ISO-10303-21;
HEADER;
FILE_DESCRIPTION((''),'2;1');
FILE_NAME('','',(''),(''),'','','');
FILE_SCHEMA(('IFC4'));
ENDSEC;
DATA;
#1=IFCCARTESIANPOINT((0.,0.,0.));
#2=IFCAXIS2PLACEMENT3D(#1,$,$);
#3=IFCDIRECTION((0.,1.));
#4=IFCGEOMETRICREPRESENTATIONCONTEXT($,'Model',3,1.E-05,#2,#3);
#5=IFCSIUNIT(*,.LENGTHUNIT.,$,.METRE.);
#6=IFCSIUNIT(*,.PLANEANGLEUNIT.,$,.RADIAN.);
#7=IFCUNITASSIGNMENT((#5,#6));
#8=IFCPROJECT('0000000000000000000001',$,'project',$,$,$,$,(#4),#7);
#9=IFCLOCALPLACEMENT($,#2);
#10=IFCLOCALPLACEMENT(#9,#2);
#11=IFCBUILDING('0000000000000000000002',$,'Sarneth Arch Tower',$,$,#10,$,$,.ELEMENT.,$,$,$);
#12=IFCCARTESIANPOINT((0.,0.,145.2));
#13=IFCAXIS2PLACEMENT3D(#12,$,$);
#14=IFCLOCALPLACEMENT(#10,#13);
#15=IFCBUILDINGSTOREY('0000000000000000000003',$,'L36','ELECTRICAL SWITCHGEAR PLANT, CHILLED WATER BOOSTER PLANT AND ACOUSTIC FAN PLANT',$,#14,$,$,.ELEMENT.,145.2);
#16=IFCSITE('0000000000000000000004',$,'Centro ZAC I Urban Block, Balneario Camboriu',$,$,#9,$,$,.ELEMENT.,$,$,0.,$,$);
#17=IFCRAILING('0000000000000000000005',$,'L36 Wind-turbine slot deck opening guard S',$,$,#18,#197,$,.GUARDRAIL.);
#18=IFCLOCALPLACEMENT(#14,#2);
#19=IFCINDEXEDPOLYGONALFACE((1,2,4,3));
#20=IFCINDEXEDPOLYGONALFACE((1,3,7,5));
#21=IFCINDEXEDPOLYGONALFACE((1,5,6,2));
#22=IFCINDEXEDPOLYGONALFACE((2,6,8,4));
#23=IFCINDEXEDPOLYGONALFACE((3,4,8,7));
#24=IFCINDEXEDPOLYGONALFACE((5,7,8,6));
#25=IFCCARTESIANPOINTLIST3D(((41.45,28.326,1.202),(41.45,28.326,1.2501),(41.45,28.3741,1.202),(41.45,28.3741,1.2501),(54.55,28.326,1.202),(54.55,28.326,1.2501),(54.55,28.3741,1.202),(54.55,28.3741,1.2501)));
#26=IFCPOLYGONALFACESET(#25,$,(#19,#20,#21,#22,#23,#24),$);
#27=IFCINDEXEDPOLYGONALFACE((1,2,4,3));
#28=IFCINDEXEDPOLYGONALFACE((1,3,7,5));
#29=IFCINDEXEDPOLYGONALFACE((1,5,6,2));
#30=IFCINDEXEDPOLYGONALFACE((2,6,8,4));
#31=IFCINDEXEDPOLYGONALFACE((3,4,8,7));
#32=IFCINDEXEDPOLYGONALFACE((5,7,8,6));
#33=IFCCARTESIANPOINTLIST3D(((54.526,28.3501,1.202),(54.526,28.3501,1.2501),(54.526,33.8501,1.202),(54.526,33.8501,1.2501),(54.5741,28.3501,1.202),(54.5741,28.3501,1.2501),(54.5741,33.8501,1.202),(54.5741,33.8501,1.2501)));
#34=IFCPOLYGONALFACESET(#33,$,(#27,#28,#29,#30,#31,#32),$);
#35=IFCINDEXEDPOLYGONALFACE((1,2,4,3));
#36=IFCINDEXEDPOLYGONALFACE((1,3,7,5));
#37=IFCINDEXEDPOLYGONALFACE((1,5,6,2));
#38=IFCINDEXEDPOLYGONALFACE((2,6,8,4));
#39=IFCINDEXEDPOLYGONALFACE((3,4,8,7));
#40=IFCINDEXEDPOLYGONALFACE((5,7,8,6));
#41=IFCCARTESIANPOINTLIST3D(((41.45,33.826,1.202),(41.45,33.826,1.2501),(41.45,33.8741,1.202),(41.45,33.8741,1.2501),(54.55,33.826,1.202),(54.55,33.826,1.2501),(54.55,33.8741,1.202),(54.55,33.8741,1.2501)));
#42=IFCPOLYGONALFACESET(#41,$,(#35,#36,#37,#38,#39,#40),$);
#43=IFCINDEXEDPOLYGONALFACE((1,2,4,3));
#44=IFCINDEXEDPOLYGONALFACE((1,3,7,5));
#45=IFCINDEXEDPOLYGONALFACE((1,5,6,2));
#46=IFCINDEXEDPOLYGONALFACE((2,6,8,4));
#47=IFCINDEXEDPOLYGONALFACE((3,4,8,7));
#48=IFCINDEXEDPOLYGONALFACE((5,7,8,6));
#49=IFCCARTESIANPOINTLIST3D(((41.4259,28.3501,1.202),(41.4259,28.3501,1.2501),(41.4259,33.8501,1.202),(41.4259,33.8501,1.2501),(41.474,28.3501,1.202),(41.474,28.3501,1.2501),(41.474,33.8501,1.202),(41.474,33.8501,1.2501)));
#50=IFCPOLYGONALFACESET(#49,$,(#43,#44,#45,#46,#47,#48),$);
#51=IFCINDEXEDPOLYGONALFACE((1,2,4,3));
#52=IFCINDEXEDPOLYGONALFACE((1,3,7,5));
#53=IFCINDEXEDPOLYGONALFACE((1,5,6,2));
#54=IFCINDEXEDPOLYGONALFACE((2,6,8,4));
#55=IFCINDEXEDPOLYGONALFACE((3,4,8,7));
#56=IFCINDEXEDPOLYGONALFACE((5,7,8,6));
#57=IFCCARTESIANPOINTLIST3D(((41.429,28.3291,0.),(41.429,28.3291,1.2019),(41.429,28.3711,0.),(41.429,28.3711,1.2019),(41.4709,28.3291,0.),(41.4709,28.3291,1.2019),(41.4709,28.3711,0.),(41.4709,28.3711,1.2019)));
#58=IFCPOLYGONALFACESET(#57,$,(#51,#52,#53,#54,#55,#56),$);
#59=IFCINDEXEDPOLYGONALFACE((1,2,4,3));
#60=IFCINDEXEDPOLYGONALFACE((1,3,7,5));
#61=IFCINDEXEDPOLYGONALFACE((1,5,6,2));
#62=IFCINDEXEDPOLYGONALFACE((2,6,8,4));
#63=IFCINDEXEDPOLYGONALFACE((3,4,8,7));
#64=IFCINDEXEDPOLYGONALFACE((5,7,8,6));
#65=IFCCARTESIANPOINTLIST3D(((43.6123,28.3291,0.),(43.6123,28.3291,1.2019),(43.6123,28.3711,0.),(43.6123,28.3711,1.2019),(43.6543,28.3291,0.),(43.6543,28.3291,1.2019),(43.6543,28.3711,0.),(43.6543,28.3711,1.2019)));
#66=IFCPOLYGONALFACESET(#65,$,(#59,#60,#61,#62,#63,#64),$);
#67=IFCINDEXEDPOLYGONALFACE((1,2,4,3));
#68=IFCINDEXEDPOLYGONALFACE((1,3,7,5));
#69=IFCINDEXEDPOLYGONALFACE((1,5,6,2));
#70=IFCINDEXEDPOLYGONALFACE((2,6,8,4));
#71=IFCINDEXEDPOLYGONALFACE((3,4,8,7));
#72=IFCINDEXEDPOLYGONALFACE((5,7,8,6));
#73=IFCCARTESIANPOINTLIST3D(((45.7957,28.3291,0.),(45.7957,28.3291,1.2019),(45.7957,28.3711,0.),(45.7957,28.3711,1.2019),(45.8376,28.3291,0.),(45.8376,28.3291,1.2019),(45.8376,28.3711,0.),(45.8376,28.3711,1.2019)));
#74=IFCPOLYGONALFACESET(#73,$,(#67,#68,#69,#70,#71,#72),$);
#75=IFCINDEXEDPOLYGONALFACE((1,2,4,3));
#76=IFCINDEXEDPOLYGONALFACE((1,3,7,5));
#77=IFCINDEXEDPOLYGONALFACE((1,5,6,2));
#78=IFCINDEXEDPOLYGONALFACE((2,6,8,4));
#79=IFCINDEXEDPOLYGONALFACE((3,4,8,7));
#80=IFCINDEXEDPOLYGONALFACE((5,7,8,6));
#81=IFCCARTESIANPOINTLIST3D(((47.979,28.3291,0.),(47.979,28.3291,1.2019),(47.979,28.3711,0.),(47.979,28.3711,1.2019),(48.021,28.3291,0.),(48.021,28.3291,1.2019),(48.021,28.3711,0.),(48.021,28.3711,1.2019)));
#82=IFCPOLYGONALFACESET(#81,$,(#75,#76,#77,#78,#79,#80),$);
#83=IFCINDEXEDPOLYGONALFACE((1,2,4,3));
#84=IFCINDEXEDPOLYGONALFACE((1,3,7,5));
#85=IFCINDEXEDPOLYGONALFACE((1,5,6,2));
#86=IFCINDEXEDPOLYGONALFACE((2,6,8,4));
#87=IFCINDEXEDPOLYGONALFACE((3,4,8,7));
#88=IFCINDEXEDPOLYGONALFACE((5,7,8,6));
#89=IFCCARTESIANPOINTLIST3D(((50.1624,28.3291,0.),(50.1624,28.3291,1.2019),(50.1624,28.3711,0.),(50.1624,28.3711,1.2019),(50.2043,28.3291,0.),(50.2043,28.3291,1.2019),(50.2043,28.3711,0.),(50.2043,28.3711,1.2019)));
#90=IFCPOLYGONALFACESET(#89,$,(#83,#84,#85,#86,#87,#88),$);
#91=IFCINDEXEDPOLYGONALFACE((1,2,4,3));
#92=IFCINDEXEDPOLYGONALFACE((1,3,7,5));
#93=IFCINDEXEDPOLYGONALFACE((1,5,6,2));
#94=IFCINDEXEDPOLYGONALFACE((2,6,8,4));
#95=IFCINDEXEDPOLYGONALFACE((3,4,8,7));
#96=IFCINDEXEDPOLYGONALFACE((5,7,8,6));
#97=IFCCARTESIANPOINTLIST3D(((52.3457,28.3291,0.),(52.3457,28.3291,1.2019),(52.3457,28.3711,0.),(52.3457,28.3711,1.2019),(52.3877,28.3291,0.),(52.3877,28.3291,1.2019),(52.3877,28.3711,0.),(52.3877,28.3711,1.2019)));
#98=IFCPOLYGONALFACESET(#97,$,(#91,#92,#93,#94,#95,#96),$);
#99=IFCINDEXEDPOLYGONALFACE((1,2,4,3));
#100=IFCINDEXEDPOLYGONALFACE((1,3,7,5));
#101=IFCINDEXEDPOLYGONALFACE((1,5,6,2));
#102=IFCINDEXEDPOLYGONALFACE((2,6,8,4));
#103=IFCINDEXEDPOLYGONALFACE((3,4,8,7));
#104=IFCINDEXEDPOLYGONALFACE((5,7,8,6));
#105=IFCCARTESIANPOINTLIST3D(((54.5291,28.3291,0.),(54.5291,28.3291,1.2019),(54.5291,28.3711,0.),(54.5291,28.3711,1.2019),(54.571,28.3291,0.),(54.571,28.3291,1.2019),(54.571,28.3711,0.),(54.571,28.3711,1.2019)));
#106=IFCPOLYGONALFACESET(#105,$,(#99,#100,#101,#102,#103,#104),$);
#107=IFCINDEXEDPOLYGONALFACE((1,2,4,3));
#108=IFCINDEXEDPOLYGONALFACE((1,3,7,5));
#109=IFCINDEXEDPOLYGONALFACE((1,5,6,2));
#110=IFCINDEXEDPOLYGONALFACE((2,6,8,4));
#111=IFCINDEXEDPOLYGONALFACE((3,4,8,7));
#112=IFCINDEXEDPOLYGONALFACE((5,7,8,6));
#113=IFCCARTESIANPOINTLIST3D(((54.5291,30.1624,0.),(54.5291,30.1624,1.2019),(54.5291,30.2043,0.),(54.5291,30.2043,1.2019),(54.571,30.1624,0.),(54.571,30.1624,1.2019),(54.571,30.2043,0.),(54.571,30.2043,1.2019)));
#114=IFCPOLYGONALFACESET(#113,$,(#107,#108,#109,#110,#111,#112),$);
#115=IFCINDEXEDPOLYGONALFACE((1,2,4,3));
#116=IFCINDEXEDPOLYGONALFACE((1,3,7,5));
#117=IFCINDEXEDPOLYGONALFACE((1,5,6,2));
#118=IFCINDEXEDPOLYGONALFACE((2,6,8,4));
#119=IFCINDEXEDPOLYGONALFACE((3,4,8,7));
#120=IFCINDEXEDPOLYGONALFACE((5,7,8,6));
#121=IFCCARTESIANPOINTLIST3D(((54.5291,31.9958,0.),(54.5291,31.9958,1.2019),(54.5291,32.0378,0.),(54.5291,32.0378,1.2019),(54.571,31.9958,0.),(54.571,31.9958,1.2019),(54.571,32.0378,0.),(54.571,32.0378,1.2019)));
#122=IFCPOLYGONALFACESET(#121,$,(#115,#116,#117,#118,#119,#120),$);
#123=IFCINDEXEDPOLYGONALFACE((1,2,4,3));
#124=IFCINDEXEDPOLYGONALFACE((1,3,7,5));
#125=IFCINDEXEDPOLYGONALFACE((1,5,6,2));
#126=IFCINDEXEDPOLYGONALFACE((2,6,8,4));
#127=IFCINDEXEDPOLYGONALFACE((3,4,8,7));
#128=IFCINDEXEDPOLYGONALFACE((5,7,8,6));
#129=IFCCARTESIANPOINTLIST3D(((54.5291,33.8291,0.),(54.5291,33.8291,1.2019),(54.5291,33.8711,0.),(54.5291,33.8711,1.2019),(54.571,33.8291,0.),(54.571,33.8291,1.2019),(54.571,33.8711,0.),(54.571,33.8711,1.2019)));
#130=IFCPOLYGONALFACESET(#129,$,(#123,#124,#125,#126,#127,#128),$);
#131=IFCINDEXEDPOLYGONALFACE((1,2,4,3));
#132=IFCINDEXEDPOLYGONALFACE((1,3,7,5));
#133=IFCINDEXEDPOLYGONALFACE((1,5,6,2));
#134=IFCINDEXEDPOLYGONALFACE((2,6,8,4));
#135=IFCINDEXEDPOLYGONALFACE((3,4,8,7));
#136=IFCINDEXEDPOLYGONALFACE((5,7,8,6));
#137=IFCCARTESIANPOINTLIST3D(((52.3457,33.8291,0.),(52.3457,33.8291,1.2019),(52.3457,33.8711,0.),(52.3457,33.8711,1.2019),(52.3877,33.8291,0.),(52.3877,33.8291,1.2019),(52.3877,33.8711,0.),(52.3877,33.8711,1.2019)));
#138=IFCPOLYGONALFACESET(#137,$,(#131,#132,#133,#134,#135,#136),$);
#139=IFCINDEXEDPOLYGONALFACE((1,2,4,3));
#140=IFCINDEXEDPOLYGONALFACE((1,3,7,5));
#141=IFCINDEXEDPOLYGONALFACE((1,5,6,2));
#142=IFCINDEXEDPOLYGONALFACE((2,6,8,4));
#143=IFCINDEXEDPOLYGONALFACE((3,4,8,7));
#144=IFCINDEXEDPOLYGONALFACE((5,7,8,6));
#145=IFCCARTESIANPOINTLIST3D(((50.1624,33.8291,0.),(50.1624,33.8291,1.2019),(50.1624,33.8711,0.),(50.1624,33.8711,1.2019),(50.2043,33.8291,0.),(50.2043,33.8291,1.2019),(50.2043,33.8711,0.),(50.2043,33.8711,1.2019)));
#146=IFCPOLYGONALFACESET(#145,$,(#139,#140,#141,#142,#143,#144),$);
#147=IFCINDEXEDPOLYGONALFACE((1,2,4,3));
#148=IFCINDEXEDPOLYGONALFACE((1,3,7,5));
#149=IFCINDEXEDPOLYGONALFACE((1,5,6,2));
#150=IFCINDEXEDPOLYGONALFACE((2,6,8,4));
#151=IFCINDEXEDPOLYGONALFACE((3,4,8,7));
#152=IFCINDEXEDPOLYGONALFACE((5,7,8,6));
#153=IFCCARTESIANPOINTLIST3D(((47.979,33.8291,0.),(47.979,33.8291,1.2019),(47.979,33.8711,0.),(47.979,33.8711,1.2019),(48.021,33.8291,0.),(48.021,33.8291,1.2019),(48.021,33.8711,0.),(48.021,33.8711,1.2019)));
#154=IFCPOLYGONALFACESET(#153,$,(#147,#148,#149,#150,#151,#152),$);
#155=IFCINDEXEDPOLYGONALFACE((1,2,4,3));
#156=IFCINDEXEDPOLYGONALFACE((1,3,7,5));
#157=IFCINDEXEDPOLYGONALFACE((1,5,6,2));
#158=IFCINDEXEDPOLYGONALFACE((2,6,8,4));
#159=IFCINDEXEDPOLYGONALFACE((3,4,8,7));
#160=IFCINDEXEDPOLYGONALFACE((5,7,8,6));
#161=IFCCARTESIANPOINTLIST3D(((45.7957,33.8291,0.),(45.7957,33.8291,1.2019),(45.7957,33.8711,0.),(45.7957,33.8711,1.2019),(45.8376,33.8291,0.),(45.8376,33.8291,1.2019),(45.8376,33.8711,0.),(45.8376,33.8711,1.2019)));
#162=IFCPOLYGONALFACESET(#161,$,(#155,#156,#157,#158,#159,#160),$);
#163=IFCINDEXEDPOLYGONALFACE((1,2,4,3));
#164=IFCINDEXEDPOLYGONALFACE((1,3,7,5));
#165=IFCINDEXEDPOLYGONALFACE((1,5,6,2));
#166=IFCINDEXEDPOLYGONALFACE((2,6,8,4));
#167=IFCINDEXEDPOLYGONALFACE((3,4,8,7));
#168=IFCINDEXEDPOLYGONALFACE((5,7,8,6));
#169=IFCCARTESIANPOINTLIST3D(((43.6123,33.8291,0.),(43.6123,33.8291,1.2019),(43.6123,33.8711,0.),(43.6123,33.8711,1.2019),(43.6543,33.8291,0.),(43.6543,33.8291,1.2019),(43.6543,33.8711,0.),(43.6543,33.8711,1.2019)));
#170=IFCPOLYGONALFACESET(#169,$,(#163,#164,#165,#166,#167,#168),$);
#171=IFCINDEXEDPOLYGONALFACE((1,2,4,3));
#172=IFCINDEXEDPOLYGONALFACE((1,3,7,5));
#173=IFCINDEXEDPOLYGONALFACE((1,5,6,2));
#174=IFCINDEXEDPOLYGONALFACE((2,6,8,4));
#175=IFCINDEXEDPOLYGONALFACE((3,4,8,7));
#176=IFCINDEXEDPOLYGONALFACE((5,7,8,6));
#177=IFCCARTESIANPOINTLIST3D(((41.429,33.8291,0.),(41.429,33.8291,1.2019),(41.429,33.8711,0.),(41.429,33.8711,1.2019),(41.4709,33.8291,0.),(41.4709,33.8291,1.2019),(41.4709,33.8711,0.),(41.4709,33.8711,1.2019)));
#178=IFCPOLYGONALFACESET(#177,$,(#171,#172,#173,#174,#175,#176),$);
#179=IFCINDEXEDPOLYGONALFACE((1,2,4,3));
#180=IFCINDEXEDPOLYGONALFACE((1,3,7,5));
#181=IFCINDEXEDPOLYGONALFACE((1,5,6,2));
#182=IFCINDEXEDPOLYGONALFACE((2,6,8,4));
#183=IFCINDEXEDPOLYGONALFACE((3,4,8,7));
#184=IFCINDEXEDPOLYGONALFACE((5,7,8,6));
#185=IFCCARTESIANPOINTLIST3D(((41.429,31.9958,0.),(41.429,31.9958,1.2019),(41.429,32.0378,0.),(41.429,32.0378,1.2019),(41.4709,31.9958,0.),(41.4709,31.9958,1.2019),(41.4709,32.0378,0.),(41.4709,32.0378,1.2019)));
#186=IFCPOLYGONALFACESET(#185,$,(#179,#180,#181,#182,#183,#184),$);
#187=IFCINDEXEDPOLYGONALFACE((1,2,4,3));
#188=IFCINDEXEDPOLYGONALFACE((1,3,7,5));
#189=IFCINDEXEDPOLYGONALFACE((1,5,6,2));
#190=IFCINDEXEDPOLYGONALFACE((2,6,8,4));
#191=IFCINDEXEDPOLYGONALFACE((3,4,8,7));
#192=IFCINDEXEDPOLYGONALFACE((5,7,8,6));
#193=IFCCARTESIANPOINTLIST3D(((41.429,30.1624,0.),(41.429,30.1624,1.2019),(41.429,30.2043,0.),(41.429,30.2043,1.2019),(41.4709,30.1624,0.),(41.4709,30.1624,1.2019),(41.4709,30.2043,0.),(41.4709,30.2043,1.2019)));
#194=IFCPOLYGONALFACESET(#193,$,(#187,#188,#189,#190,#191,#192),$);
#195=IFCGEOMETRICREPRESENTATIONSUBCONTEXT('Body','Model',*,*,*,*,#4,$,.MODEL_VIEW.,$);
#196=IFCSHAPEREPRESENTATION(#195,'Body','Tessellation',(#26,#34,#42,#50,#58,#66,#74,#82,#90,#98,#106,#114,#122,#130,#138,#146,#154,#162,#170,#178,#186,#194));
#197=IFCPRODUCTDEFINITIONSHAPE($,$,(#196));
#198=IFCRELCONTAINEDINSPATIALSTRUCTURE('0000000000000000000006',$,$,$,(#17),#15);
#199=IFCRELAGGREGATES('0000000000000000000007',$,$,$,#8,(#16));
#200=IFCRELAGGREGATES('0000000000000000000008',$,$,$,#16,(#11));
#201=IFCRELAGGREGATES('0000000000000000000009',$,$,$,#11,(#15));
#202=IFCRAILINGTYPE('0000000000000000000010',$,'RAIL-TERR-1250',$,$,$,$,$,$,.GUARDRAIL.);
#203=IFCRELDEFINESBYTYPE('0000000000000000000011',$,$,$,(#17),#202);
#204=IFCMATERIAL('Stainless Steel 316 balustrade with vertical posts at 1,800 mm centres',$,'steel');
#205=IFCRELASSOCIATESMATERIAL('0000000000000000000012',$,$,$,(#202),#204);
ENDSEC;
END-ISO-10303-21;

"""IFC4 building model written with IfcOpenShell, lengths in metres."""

from ifc_helpers import new_model, si_unit, direction, frame, origin, origin_2d, place, context, subcontext, project, spatial, rectangle, extrude, material, type_object, element, save


model = new_model("IFC4")

# Units and contexts
model_context = context("Model", 3, precision=1e-05, world=origin(), true_north=direction((0.0, 1.0)))
body_context = subcontext(model_context, "Body", "Model", "MODEL_VIEW")
ifc_project = project(units=[si_unit("LENGTHUNIT", "METRE"), si_unit("PLANEANGLEUNIT", "RADIAN")], contexts=[model_context])

# Site, building, storey
site_placement = place(None, origin())
site = spatial("IfcSite", under=ifc_project, at=site_placement, Name="Centro ZAC I Urban Block, Balneario Camboriu", CompositionType="ELEMENT", RefElevation=0.0)
building_placement = place(site_placement, origin())
building = spatial("IfcBuilding", under=site, at=building_placement, Name="Sarneth Arch Tower", CompositionType="ELEMENT")
storey_placement = place(building_placement, frame((0.0, 0.0, 145.2)))
storey = spatial("IfcBuildingStorey", under=building, at=storey_placement, Name="L36", Description="ELECTRICAL SWITCHGEAR PLANT, CHILLED WATER BOOSTER PLANT AND ACOUSTIC FAN PLANT", CompositionType="ELEMENT", Elevation=145.2)

# Railing
ifc_material_1 = material(Name="Stainless Steel 316 balustrade with vertical posts at 1,800 mm centres", Category="steel")
railing_type_1 = type_object("IfcRailingType", Name="RAIL-TERR-1250", PredefinedType="GUARDRAIL", material=ifc_material_1)
railing_1_placement = place(storey_placement, frame((41.45, 28.3501, 0.0)))
element("IfcRailing", 1, at=railing_1_placement, inside=storey, type_object=railing_type_1, Name="L36 Wind-turbine slot deck opening guard S", PredefinedType="GUARDRAIL", context=body_context, shape_type="SweptSolid", body=[
    extrude(rectangle(XDim=0.0481, YDim=0.0481, at=origin_2d()), frame((0.0, 0.0, 1.2261), z_axis=(1.0, 0.0, 0.0), x_axis=(0.0, 1.0, 0.0)), (0.0, 0.0, 1.0), 13.1001),
    extrude(rectangle(XDim=0.0481, YDim=0.0481, at=origin_2d()), frame((13.1001, 0.0, 1.2261), z_axis=(0.0, 1.0, 0.0), x_axis=(-1.0, 0.0, 0.0)), (0.0, 0.0, 1.0), 5.5),
    extrude(rectangle(XDim=0.0481, YDim=0.0481, at=origin_2d()), frame((13.1001, 5.5, 1.2261), z_axis=(-1.0, 0.0, 0.0), x_axis=(0.0, -1.0, 0.0)), (0.0, 0.0, 1.0), 13.1001),
    extrude(rectangle(XDim=0.0481, YDim=0.0481, at=origin_2d()), frame((0.0, 5.5, 1.2261), z_axis=(0.0, -1.0, 0.0), x_axis=(1.0, 0.0, 0.0)), (0.0, 0.0, 1.0), 5.5),
    extrude(rectangle(XDim=0.042, YDim=0.042, at=origin_2d()), origin(), (0.0, 0.0, 1.0), 1.2019),
    extrude(rectangle(XDim=0.042, YDim=0.042, at=origin_2d()), frame((2.1833, 0.0, 0.0)), (0.0, 0.0, 1.0), 1.2019),
    extrude(rectangle(XDim=0.042, YDim=0.042, at=origin_2d()), frame((4.3667, 0.0, 0.0)), (0.0, 0.0, 1.0), 1.2019),
    extrude(rectangle(XDim=0.042, YDim=0.042, at=origin_2d()), frame((6.55, 0.0, 0.0)), (0.0, 0.0, 1.0), 1.2019),
    extrude(rectangle(XDim=0.042, YDim=0.042, at=origin_2d()), frame((8.7334, 0.0, 0.0)), (0.0, 0.0, 1.0), 1.2019),
    extrude(rectangle(XDim=0.042, YDim=0.042, at=origin_2d()), frame((10.9167, 0.0, 0.0)), (0.0, 0.0, 1.0), 1.2019),
    extrude(rectangle(XDim=0.042, YDim=0.042, at=origin_2d()), frame((13.1001, 0.0, 0.0)), (0.0, 0.0, 1.0), 1.2019),
    extrude(rectangle(XDim=0.042, YDim=0.042, at=origin_2d()), frame((13.1001, 1.8333, 0.0)), (0.0, 0.0, 1.0), 1.2019),
    extrude(rectangle(XDim=0.042, YDim=0.042, at=origin_2d()), frame((13.1001, 3.6667, 0.0)), (0.0, 0.0, 1.0), 1.2019),
    extrude(rectangle(XDim=0.042, YDim=0.042, at=origin_2d()), frame((13.1001, 5.5, 0.0)), (0.0, 0.0, 1.0), 1.2019),
    extrude(rectangle(XDim=0.042, YDim=0.042, at=origin_2d()), frame((10.9167, 5.5, 0.0)), (0.0, 0.0, 1.0), 1.2019),
    extrude(rectangle(XDim=0.042, YDim=0.042, at=origin_2d()), frame((8.7334, 5.5, 0.0)), (0.0, 0.0, 1.0), 1.2019),
    extrude(rectangle(XDim=0.042, YDim=0.042, at=origin_2d()), frame((6.55, 5.5, 0.0)), (0.0, 0.0, 1.0), 1.2019),
    extrude(rectangle(XDim=0.042, YDim=0.042, at=origin_2d()), frame((4.3667, 5.5, 0.0)), (0.0, 0.0, 1.0), 1.2019),
    extrude(rectangle(XDim=0.042, YDim=0.042, at=origin_2d()), frame((2.1833, 5.5, 0.0)), (0.0, 0.0, 1.0), 1.2019),
    extrude(rectangle(XDim=0.042, YDim=0.042, at=origin_2d()), frame((0.0, 5.5, 0.0)), (0.0, 0.0, 1.0), 1.2019),
    extrude(rectangle(XDim=0.042, YDim=0.042, at=origin_2d()), frame((0.0, 3.6667, 0.0)), (0.0, 0.0, 1.0), 1.2019),
    extrude(rectangle(XDim=0.042, YDim=0.042, at=origin_2d()), frame((0.0, 1.8333, 0.0)), (0.0, 0.0, 1.0), 1.2019),
])

save(model, "model.ifc")
